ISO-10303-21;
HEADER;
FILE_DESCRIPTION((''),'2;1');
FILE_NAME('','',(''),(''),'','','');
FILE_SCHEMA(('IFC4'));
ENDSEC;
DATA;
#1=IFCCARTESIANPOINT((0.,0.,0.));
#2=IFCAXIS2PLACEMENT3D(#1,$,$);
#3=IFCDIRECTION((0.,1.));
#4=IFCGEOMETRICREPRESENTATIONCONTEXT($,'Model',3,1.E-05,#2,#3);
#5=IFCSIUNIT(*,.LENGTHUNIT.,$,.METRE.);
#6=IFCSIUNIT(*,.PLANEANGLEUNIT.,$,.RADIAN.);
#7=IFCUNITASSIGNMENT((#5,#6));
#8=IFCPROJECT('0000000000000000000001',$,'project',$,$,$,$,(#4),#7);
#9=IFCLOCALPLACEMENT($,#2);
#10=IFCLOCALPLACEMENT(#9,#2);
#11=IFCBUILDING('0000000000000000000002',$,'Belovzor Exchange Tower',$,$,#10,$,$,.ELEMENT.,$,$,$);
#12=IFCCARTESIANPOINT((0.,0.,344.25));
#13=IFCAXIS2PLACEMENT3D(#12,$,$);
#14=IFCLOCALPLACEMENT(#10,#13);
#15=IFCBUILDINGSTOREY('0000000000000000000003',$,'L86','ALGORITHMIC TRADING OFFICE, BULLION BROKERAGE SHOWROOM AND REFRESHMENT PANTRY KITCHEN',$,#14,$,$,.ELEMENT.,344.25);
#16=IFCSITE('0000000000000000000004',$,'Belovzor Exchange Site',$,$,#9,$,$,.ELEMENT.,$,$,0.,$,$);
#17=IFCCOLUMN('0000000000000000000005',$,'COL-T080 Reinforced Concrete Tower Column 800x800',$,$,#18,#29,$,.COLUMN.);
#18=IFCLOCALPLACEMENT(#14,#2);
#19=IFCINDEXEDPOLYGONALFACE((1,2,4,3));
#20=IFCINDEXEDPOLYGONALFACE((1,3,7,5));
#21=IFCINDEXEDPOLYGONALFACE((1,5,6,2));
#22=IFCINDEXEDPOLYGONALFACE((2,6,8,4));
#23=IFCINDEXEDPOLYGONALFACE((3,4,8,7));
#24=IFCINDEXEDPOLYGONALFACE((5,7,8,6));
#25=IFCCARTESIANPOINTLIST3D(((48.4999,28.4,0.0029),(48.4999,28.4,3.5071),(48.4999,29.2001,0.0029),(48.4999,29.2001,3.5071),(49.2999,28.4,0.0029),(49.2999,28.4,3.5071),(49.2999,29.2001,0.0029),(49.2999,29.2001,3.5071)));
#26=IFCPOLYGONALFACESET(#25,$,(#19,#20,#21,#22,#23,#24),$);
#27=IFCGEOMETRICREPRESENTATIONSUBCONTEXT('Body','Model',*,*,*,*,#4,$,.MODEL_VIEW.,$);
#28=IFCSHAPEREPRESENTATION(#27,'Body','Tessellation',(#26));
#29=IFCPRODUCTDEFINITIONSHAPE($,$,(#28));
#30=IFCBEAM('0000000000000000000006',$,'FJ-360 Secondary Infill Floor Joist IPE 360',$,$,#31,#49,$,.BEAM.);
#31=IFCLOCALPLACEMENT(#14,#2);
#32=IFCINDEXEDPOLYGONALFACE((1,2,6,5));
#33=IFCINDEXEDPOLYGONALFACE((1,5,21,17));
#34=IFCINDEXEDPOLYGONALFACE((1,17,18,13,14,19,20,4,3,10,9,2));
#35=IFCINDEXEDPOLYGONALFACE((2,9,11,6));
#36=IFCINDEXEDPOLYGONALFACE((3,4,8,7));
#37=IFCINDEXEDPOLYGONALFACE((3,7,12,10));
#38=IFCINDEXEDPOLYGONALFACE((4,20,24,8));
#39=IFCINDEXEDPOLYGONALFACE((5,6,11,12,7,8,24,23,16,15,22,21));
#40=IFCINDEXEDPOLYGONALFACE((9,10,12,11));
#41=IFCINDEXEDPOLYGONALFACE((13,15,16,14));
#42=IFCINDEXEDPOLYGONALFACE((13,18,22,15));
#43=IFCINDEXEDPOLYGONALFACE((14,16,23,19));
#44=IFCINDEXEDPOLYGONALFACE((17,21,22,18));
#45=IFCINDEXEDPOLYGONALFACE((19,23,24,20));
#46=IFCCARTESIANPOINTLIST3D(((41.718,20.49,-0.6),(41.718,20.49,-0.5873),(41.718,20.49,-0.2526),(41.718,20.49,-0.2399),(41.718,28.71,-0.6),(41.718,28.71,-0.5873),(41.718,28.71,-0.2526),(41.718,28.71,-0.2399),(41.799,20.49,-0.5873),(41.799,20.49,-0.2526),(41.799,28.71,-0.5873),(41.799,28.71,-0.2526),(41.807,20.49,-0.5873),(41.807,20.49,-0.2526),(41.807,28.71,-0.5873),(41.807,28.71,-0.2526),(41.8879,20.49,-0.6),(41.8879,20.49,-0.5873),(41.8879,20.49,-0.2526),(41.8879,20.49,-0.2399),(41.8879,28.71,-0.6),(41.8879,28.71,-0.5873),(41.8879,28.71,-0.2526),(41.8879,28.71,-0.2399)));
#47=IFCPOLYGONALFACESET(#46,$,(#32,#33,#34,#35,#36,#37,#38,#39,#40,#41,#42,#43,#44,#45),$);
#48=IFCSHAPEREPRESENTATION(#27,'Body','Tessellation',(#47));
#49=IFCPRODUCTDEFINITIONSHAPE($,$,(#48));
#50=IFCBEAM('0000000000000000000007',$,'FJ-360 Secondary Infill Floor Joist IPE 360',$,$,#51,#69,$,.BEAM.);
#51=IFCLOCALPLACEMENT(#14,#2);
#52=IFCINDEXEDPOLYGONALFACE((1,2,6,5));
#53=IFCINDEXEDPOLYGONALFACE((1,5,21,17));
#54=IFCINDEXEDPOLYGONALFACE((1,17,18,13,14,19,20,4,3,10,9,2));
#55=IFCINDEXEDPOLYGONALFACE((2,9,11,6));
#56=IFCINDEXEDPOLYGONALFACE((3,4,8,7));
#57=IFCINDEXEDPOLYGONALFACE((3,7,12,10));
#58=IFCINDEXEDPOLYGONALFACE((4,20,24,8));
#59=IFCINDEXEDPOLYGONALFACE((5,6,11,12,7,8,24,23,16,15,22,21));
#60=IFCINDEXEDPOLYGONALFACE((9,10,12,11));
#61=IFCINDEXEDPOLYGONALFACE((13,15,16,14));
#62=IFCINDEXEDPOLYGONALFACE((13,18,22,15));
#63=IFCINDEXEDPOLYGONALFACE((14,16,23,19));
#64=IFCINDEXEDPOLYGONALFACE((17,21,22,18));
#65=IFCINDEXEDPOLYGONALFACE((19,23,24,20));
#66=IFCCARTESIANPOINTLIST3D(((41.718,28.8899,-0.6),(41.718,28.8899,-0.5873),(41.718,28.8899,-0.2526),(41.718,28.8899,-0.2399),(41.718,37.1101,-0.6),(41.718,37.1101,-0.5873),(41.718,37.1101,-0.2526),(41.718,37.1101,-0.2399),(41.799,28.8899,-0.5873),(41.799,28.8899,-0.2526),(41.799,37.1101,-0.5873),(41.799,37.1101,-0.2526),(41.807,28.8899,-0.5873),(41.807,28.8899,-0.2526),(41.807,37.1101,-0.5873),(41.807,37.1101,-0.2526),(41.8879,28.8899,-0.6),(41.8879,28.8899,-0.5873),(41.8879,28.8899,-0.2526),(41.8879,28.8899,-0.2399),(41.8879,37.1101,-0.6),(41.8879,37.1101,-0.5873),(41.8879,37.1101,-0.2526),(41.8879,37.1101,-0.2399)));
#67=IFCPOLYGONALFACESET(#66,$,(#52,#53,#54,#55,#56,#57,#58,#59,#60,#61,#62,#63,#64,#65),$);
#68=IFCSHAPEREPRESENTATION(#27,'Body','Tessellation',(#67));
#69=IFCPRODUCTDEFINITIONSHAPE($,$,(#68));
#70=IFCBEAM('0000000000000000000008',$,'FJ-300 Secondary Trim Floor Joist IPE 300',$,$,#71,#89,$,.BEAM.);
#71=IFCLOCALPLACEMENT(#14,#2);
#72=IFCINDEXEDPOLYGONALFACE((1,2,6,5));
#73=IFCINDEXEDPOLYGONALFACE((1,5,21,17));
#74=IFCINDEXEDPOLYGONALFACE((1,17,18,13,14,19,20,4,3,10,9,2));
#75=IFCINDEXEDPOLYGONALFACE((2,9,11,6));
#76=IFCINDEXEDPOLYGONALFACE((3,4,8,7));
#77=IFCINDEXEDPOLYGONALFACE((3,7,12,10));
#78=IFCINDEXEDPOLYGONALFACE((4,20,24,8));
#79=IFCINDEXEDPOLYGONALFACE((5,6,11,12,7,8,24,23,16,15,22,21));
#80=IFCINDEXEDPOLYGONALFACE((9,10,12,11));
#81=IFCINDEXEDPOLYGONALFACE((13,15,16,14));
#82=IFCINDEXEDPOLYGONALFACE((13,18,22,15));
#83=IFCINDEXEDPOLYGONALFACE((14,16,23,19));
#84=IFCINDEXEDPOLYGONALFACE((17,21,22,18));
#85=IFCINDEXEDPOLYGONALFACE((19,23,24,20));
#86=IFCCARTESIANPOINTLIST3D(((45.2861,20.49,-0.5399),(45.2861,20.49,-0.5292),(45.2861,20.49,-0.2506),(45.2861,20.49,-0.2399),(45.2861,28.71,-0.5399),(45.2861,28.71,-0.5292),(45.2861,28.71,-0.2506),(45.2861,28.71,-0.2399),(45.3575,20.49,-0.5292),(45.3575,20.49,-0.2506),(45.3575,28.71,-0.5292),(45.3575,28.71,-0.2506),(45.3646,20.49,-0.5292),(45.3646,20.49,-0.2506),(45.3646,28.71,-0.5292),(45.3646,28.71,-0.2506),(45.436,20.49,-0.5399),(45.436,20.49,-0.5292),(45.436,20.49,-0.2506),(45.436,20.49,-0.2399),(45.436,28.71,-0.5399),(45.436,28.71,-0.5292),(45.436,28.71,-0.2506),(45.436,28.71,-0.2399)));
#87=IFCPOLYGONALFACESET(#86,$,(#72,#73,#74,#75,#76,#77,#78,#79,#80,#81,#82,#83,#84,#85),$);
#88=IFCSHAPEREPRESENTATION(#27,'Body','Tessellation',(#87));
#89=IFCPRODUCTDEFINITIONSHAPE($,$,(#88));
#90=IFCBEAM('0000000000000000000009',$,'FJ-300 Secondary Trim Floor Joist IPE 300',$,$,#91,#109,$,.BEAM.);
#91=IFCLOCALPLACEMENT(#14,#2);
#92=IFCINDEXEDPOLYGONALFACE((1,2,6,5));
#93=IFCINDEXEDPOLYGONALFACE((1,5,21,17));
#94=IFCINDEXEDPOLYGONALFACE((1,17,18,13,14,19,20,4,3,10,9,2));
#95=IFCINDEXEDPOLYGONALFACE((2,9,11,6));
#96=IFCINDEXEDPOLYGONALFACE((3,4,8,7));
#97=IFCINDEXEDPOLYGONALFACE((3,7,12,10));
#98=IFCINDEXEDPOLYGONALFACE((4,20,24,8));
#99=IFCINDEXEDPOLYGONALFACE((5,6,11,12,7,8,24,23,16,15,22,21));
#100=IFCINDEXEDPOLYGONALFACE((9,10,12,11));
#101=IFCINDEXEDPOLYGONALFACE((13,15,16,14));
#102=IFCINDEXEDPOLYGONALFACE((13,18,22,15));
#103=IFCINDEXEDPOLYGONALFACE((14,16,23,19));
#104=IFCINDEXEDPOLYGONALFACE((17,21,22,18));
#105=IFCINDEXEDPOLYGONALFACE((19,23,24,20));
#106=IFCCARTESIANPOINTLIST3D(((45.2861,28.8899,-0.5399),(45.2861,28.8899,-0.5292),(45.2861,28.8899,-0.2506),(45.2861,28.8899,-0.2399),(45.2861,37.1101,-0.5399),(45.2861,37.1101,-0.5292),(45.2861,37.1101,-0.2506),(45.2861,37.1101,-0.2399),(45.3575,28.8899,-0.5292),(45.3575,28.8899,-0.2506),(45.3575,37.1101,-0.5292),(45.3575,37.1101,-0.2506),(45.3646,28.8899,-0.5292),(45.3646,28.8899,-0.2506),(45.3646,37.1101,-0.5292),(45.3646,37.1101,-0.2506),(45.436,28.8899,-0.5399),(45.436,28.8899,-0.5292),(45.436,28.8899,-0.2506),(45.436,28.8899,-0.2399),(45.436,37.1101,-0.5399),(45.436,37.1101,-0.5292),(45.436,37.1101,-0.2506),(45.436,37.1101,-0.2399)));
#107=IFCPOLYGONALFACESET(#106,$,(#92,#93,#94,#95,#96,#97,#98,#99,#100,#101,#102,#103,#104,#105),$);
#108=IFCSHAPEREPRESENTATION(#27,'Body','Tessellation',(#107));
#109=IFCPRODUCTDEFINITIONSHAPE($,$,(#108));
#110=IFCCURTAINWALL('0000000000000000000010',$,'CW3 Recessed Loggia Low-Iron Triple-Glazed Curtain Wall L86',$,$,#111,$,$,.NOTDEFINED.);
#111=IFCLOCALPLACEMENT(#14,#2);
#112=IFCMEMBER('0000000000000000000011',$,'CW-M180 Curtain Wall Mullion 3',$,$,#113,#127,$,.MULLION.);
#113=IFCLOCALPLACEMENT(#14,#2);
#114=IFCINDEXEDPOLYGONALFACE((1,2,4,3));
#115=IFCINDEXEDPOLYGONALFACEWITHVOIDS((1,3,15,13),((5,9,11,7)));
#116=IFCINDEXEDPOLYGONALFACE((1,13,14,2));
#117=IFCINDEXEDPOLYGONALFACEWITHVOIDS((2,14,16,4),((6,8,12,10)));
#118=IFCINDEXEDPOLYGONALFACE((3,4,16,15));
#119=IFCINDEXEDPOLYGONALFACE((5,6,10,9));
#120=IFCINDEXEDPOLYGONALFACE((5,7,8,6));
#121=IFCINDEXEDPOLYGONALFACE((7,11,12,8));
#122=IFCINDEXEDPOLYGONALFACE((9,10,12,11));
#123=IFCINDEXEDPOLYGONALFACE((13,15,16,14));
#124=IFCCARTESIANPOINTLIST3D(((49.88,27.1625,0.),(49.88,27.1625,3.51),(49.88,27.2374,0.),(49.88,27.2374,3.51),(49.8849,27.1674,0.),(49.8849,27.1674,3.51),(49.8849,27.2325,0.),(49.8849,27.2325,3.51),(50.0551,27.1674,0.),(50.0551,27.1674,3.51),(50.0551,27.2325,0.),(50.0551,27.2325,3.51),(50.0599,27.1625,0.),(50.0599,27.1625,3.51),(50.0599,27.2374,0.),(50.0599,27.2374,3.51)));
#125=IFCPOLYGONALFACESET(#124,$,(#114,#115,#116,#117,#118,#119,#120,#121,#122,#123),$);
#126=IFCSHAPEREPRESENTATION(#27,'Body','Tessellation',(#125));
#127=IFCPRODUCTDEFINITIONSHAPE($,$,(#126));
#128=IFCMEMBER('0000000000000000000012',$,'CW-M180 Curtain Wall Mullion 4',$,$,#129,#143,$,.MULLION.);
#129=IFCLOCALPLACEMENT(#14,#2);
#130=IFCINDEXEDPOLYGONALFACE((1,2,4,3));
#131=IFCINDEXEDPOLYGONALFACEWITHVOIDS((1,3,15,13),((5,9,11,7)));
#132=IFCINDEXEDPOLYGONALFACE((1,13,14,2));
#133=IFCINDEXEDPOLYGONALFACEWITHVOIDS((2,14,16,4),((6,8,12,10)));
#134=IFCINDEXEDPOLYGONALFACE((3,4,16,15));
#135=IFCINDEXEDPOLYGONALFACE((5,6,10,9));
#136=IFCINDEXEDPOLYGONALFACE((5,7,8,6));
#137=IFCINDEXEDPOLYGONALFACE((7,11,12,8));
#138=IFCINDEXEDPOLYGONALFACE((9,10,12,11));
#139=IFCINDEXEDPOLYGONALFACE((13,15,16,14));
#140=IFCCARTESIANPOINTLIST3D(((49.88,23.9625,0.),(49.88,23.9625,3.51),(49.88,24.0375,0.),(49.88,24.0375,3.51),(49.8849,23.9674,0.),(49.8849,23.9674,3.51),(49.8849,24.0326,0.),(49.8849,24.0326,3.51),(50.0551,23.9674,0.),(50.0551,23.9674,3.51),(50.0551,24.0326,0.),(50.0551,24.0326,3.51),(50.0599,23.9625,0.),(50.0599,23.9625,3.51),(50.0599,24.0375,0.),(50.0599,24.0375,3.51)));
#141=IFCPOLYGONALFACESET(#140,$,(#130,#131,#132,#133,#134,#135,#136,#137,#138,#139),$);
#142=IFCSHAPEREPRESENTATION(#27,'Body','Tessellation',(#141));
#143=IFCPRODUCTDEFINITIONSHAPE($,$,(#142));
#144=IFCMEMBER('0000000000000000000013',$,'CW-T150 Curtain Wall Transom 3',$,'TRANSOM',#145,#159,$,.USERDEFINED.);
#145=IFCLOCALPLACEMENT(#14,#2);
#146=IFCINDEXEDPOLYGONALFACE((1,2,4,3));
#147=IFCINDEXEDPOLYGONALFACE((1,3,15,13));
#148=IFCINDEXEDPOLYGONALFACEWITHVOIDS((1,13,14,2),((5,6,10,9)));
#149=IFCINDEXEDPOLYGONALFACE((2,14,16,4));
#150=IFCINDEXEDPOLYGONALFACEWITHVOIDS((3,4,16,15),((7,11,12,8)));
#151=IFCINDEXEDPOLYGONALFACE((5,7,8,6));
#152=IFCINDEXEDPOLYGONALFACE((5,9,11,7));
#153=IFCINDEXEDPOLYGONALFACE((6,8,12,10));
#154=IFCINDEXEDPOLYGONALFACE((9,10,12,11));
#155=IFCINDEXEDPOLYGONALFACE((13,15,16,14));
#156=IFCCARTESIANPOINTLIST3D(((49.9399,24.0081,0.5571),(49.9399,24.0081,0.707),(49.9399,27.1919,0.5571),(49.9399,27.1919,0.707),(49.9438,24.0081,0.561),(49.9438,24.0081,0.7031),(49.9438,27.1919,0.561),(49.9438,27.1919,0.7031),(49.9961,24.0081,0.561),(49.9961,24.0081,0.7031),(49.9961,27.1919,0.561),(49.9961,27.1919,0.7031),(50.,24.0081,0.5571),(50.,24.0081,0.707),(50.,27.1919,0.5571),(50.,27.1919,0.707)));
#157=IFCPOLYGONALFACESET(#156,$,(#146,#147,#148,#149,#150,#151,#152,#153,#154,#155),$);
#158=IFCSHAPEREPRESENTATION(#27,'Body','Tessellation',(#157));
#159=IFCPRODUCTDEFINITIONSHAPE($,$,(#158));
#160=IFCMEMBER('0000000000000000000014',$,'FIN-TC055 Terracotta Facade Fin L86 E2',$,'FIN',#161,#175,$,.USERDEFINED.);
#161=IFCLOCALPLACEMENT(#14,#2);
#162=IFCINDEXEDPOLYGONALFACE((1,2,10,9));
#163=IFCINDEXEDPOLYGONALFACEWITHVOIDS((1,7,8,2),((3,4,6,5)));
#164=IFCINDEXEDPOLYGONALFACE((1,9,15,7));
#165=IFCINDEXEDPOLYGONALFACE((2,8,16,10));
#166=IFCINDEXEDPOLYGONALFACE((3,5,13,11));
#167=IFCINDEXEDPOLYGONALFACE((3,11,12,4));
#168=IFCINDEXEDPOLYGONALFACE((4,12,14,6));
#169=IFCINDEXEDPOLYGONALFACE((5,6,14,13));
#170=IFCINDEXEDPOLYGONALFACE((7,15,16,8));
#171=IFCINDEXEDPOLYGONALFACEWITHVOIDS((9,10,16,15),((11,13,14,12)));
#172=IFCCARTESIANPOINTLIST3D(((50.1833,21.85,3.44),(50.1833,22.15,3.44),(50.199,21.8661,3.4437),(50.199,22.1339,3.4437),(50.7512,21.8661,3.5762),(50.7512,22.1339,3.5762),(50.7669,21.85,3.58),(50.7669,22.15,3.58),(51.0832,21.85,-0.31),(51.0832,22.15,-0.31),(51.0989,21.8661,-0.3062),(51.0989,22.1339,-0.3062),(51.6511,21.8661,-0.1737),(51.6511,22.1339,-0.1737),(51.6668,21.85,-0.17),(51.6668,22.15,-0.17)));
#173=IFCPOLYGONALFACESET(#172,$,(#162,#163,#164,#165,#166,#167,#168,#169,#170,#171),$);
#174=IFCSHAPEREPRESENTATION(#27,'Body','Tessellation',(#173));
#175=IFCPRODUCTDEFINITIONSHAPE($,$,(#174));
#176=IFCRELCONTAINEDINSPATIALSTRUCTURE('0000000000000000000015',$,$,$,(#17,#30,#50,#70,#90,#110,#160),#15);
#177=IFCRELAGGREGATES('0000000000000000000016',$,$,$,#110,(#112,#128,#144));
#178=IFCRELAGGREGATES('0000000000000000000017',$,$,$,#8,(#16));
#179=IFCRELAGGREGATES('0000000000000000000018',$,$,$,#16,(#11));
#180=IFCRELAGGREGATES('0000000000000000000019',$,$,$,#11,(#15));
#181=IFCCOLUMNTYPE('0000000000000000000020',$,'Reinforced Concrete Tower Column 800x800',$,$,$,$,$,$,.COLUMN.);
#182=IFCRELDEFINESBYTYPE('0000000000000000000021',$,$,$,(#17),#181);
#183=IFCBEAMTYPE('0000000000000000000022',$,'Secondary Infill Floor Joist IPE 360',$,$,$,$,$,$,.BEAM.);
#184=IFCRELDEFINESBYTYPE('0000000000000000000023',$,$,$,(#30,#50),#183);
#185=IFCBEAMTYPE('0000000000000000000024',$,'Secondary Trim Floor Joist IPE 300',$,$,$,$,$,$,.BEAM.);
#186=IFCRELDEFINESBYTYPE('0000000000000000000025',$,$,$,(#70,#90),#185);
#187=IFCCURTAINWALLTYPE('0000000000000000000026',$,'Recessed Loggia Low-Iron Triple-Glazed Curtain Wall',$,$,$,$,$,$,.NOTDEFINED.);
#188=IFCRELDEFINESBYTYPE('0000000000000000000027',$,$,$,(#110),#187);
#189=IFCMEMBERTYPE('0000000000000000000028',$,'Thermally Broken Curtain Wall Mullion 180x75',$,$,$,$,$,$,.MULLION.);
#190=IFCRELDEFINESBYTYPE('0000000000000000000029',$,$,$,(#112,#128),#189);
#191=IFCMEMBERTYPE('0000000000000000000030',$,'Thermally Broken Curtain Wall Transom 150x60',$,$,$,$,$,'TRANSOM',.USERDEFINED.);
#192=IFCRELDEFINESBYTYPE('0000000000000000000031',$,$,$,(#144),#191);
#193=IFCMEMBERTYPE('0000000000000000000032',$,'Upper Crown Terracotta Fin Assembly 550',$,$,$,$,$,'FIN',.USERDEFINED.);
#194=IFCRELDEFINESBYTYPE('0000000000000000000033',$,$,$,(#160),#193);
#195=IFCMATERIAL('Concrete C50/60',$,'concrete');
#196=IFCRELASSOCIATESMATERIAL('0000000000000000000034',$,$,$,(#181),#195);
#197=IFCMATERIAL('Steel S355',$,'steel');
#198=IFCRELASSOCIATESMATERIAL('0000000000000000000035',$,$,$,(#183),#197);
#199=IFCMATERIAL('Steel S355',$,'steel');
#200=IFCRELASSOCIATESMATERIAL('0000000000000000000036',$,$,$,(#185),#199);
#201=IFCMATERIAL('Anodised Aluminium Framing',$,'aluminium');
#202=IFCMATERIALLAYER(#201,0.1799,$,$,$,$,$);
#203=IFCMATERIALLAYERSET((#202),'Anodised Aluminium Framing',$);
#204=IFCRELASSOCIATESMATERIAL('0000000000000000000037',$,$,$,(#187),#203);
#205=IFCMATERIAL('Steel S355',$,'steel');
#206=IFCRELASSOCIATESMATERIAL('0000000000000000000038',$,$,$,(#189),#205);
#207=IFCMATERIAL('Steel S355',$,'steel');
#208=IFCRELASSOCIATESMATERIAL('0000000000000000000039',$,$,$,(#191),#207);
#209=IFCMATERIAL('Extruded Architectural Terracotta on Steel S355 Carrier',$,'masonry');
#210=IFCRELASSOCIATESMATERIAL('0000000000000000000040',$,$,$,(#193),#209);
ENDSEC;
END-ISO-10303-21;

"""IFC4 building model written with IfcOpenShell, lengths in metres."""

from ifc_helpers import new_model, si_unit, direction, frame, origin, origin_2d, place, context, subcontext, project, spatial, rectangle, hollow_rectangle, i_section, extrude, material, layer, layer_set, material_profile, profile_set, type_object, element, aggregate, save


model = new_model("IFC4")

# Units and contexts
model_context = context("Model", 3, precision=1e-05, world=origin(), true_north=direction((0.0, 1.0)))
body_context = subcontext(model_context, "Body", "Model", "MODEL_VIEW")
ifc_project = project(units=[si_unit("LENGTHUNIT", "METRE"), si_unit("PLANEANGLEUNIT", "RADIAN")], contexts=[model_context])

# Site, building, storey
site_placement = place(None, origin())
site = spatial("IfcSite", under=ifc_project, at=site_placement, Name="Belovzor Exchange Site", CompositionType="ELEMENT", RefElevation=0.0)
building_placement = place(site_placement, origin())
building = spatial("IfcBuilding", under=site, at=building_placement, Name="Belovzor Exchange Tower", CompositionType="ELEMENT")
storey_placement = place(building_placement, frame((0.0, 0.0, 344.25)))
storey = spatial("IfcBuildingStorey", under=building, at=storey_placement, Name="L86", Description="ALGORITHMIC TRADING OFFICE, BULLION BROKERAGE SHOWROOM AND REFRESHMENT PANTRY KITCHEN", CompositionType="ELEMENT", Elevation=344.25)

# Column
ifc_material_1 = material(Name="Concrete C50/60", Category="concrete")
ifc_material_profile_1 = material_profile(ifc_material_1, rectangle(XDim=0.8, YDim=0.8, at=origin_2d()))
ifc_profile_set_1 = profile_set([ifc_material_profile_1], Name="Concrete C50/60")
column_type = type_object("IfcColumnType", Name="Reinforced Concrete Tower Column 800x800", PredefinedType="COLUMN", material=ifc_profile_set_1)
column_placement = place(storey_placement, frame((48.8999, 28.8, 0.0029), z_axis=(0.0, 0.0, 1.0), x_axis=(1.0, 0.0, 0.0)))
element("IfcColumn", 1, at=column_placement, inside=storey, type_object=column_type, Name="COL-T080 Reinforced Concrete Tower Column 800x800", PredefinedType="COLUMN", context=body_context, shape_type="SweptSolid", body=[
    extrude(rectangle(XDim=0.8, YDim=0.8, at=origin_2d()), origin(), (0.0, 0.0, 1.0), 3.5042),
])

# Beams
ifc_material_2 = material(Name="Steel S355", Category="steel")
ifc_material_profile_2 = material_profile(ifc_material_2, i_section(OverallWidth=0.1699, OverallDepth=0.3601, WebThickness=0.0081, FlangeThickness=0.0127, at=origin_2d()))
ifc_profile_set_2 = profile_set([ifc_material_profile_2], Name="Steel S355")
beam_type_1 = type_object("IfcBeamType", Name="Secondary Infill Floor Joist IPE 360", PredefinedType="BEAM", material=ifc_profile_set_2)
beam_1_placement = place(storey_placement, frame((41.803, 20.49, -0.4199), z_axis=(0.0, 1.0, 0.0), x_axis=(-1.0, 0.0, 0.0)))
element("IfcBeam", 2, at=beam_1_placement, inside=storey, type_object=beam_type_1, Name="FJ-360 Secondary Infill Floor Joist IPE 360", PredefinedType="BEAM", context=body_context, shape_type="SweptSolid", body=[
    extrude(i_section(OverallWidth=0.1699, OverallDepth=0.3601, WebThickness=0.0081, FlangeThickness=0.0127, at=origin_2d()), origin(), (0.0, 0.0, 1.0), 8.22),
])
beam_2_placement = place(storey_placement, frame((41.803, 28.8899, -0.4199), z_axis=(0.0, 1.0, 0.0), x_axis=(-1.0, 0.0, 0.0)))
element("IfcBeam", 3, at=beam_2_placement, inside=storey, type_object=beam_type_1, Name="FJ-360 Secondary Infill Floor Joist IPE 360", PredefinedType="BEAM", context=body_context, shape_type="SweptSolid", body=[
    extrude(i_section(OverallWidth=0.1699, OverallDepth=0.3601, WebThickness=0.0081, FlangeThickness=0.0127, at=origin_2d()), origin(), (0.0, 0.0, 1.0), 8.2202),
])
ifc_material_3 = material(Name="Steel S355", Category="steel")
ifc_material_profile_3 = material_profile(ifc_material_3, i_section(OverallWidth=0.1499, OverallDepth=0.3, WebThickness=0.0071, FlangeThickness=0.0107, at=origin_2d()))
ifc_profile_set_3 = profile_set([ifc_material_profile_3], Name="Steel S355")
beam_type_2 = type_object("IfcBeamType", Name="Secondary Trim Floor Joist IPE 300", PredefinedType="BEAM", material=ifc_profile_set_3)
beam_3_placement = place(storey_placement, frame((45.3611, 20.49, -0.3899), z_axis=(0.0, 1.0, 0.0), x_axis=(-1.0, 0.0, 0.0)))
element("IfcBeam", 4, at=beam_3_placement, inside=storey, type_object=beam_type_2, Name="FJ-300 Secondary Trim Floor Joist IPE 300", PredefinedType="BEAM", context=body_context, shape_type="SweptSolid", body=[
    extrude(i_section(OverallWidth=0.1499, OverallDepth=0.3, WebThickness=0.0071, FlangeThickness=0.0107, at=origin_2d()), origin(), (0.0, 0.0, 1.0), 8.22),
])
beam_4_placement = place(storey_placement, frame((45.3611, 28.8899, -0.3899), z_axis=(0.0, 1.0, 0.0), x_axis=(-1.0, 0.0, 0.0)))
element("IfcBeam", 5, at=beam_4_placement, inside=storey, type_object=beam_type_2, Name="FJ-300 Secondary Trim Floor Joist IPE 300", PredefinedType="BEAM", context=body_context, shape_type="SweptSolid", body=[
    extrude(i_section(OverallWidth=0.1499, OverallDepth=0.3, WebThickness=0.0071, FlangeThickness=0.0107, at=origin_2d()), origin(), (0.0, 0.0, 1.0), 8.2202),
])

# Curtain wall, members
ifc_material_4 = material(Name="Anodised Aluminium Framing", Category="aluminium")
ifc_layer_1 = layer(ifc_material_4, 0.1799)
ifc_layer_set_1 = layer_set([ifc_layer_1], Name="Anodised Aluminium Framing")
curtain_wall_type = type_object("IfcCurtainWallType", Name="Recessed Loggia Low-Iron Triple-Glazed Curtain Wall", PredefinedType="NOTDEFINED", material=ifc_layer_set_1)
curtain_wall_placement = place(storey_placement, origin())
curtain_wall = element("IfcCurtainWall", 6, at=curtain_wall_placement, inside=storey, type_object=curtain_wall_type, Name="CW3 Recessed Loggia Low-Iron Triple-Glazed Curtain Wall L86", PredefinedType="NOTDEFINED")
ifc_material_5 = material(Name="Steel S355", Category="steel")
ifc_material_profile_4 = material_profile(ifc_material_5, hollow_rectangle(XDim=0.075, YDim=0.1799, WallThickness=0.0049, at=origin_2d()))
ifc_profile_set_4 = profile_set([ifc_material_profile_4], Name="Steel S355")
member_type_1 = type_object("IfcMemberType", Name="Thermally Broken Curtain Wall Mullion 180x75", PredefinedType="MULLION", material=ifc_profile_set_4)
member_1_placement = place(storey_placement, frame((49.97, 27.2, 0.0), z_axis=(0.0, 0.0, 1.0), x_axis=(0.0, -1.0, 0.0)))
member_1 = element("IfcMember", 7, at=member_1_placement, type_object=member_type_1, Name="CW-M180 Curtain Wall Mullion 3", PredefinedType="MULLION", context=body_context, shape_type="SweptSolid", body=[
    extrude(hollow_rectangle(XDim=0.075, YDim=0.1799, WallThickness=0.0049, at=origin_2d()), origin(), (0.0, 0.0, 1.0), 3.51),
])
member_2_placement = place(storey_placement, frame((49.97, 24.0, 0.0), z_axis=(0.0, 0.0, 1.0), x_axis=(0.0, -1.0, 0.0)))
member_2 = element("IfcMember", 8, at=member_2_placement, type_object=member_type_1, Name="CW-M180 Curtain Wall Mullion 4", PredefinedType="MULLION", context=body_context, shape_type="SweptSolid", body=[
    extrude(hollow_rectangle(XDim=0.075, YDim=0.1799, WallThickness=0.0049, at=origin_2d()), origin(), (0.0, 0.0, 1.0), 3.51),
])
ifc_material_6 = material(Name="Steel S355", Category="steel")
ifc_material_profile_5 = material_profile(ifc_material_6, hollow_rectangle(XDim=0.0601, YDim=0.1499, WallThickness=0.0039, at=origin_2d()))
ifc_profile_set_5 = profile_set([ifc_material_profile_5], Name="Steel S355")
member_type_2 = type_object("IfcMemberType", Name="Thermally Broken Curtain Wall Transom 150x60", ElementType="TRANSOM", PredefinedType="USERDEFINED", material=ifc_profile_set_5)
member_3_placement = place(storey_placement, frame((49.97, 27.1919, 0.6321), z_axis=(0.0, -1.0, 0.0), x_axis=(1.0, 0.0, 0.0)))
member_3 = element("IfcMember", 9, at=member_3_placement, type_object=member_type_2, Name="CW-T150 Curtain Wall Transom 3", ObjectType="TRANSOM", PredefinedType="USERDEFINED", context=body_context, shape_type="SweptSolid", body=[
    extrude(hollow_rectangle(XDim=0.0601, YDim=0.1499, WallThickness=0.0039, at=origin_2d()), origin(), (0.0, 0.0, 1.0), 3.1838),
])

# Member
ifc_material_7 = material(Name="Extruded Architectural Terracotta on Steel S355 Carrier", Category="masonry")
ifc_material_profile_6 = material_profile(ifc_material_7, hollow_rectangle(XDim=0.3, YDim=0.6001, WallThickness=0.0161, at=origin_2d()))
ifc_profile_set_6 = profile_set([ifc_material_profile_6], Name="Extruded Architectural Terracotta on Steel S355 Carrier")
member_type_3 = type_object("IfcMemberType", Name="Upper Crown Terracotta Fin Assembly 550", ElementType="FIN", PredefinedType="USERDEFINED", material=ifc_profile_set_6)
member_4_placement = place(storey_placement, frame((51.375, 22.0, -0.24), z_axis=(-0.233349, 0.0, 0.972393), x_axis=(0.0, -1.0, 0.0)))
element("IfcMember", 10, at=member_4_placement, inside=storey, type_object=member_type_3, Name="FIN-TC055 Terracotta Facade Fin L86 E2", ObjectType="FIN", PredefinedType="USERDEFINED", context=body_context, shape_type="SweptSolid", body=[
    extrude(hollow_rectangle(XDim=0.3, YDim=0.6001, WallThickness=0.0161, at=origin_2d()), origin(), (0.0, 0.0, 1.0), 3.8564),
])

aggregate(curtain_wall, [member_1, member_2, member_3])

save(model, "model.ifc")
